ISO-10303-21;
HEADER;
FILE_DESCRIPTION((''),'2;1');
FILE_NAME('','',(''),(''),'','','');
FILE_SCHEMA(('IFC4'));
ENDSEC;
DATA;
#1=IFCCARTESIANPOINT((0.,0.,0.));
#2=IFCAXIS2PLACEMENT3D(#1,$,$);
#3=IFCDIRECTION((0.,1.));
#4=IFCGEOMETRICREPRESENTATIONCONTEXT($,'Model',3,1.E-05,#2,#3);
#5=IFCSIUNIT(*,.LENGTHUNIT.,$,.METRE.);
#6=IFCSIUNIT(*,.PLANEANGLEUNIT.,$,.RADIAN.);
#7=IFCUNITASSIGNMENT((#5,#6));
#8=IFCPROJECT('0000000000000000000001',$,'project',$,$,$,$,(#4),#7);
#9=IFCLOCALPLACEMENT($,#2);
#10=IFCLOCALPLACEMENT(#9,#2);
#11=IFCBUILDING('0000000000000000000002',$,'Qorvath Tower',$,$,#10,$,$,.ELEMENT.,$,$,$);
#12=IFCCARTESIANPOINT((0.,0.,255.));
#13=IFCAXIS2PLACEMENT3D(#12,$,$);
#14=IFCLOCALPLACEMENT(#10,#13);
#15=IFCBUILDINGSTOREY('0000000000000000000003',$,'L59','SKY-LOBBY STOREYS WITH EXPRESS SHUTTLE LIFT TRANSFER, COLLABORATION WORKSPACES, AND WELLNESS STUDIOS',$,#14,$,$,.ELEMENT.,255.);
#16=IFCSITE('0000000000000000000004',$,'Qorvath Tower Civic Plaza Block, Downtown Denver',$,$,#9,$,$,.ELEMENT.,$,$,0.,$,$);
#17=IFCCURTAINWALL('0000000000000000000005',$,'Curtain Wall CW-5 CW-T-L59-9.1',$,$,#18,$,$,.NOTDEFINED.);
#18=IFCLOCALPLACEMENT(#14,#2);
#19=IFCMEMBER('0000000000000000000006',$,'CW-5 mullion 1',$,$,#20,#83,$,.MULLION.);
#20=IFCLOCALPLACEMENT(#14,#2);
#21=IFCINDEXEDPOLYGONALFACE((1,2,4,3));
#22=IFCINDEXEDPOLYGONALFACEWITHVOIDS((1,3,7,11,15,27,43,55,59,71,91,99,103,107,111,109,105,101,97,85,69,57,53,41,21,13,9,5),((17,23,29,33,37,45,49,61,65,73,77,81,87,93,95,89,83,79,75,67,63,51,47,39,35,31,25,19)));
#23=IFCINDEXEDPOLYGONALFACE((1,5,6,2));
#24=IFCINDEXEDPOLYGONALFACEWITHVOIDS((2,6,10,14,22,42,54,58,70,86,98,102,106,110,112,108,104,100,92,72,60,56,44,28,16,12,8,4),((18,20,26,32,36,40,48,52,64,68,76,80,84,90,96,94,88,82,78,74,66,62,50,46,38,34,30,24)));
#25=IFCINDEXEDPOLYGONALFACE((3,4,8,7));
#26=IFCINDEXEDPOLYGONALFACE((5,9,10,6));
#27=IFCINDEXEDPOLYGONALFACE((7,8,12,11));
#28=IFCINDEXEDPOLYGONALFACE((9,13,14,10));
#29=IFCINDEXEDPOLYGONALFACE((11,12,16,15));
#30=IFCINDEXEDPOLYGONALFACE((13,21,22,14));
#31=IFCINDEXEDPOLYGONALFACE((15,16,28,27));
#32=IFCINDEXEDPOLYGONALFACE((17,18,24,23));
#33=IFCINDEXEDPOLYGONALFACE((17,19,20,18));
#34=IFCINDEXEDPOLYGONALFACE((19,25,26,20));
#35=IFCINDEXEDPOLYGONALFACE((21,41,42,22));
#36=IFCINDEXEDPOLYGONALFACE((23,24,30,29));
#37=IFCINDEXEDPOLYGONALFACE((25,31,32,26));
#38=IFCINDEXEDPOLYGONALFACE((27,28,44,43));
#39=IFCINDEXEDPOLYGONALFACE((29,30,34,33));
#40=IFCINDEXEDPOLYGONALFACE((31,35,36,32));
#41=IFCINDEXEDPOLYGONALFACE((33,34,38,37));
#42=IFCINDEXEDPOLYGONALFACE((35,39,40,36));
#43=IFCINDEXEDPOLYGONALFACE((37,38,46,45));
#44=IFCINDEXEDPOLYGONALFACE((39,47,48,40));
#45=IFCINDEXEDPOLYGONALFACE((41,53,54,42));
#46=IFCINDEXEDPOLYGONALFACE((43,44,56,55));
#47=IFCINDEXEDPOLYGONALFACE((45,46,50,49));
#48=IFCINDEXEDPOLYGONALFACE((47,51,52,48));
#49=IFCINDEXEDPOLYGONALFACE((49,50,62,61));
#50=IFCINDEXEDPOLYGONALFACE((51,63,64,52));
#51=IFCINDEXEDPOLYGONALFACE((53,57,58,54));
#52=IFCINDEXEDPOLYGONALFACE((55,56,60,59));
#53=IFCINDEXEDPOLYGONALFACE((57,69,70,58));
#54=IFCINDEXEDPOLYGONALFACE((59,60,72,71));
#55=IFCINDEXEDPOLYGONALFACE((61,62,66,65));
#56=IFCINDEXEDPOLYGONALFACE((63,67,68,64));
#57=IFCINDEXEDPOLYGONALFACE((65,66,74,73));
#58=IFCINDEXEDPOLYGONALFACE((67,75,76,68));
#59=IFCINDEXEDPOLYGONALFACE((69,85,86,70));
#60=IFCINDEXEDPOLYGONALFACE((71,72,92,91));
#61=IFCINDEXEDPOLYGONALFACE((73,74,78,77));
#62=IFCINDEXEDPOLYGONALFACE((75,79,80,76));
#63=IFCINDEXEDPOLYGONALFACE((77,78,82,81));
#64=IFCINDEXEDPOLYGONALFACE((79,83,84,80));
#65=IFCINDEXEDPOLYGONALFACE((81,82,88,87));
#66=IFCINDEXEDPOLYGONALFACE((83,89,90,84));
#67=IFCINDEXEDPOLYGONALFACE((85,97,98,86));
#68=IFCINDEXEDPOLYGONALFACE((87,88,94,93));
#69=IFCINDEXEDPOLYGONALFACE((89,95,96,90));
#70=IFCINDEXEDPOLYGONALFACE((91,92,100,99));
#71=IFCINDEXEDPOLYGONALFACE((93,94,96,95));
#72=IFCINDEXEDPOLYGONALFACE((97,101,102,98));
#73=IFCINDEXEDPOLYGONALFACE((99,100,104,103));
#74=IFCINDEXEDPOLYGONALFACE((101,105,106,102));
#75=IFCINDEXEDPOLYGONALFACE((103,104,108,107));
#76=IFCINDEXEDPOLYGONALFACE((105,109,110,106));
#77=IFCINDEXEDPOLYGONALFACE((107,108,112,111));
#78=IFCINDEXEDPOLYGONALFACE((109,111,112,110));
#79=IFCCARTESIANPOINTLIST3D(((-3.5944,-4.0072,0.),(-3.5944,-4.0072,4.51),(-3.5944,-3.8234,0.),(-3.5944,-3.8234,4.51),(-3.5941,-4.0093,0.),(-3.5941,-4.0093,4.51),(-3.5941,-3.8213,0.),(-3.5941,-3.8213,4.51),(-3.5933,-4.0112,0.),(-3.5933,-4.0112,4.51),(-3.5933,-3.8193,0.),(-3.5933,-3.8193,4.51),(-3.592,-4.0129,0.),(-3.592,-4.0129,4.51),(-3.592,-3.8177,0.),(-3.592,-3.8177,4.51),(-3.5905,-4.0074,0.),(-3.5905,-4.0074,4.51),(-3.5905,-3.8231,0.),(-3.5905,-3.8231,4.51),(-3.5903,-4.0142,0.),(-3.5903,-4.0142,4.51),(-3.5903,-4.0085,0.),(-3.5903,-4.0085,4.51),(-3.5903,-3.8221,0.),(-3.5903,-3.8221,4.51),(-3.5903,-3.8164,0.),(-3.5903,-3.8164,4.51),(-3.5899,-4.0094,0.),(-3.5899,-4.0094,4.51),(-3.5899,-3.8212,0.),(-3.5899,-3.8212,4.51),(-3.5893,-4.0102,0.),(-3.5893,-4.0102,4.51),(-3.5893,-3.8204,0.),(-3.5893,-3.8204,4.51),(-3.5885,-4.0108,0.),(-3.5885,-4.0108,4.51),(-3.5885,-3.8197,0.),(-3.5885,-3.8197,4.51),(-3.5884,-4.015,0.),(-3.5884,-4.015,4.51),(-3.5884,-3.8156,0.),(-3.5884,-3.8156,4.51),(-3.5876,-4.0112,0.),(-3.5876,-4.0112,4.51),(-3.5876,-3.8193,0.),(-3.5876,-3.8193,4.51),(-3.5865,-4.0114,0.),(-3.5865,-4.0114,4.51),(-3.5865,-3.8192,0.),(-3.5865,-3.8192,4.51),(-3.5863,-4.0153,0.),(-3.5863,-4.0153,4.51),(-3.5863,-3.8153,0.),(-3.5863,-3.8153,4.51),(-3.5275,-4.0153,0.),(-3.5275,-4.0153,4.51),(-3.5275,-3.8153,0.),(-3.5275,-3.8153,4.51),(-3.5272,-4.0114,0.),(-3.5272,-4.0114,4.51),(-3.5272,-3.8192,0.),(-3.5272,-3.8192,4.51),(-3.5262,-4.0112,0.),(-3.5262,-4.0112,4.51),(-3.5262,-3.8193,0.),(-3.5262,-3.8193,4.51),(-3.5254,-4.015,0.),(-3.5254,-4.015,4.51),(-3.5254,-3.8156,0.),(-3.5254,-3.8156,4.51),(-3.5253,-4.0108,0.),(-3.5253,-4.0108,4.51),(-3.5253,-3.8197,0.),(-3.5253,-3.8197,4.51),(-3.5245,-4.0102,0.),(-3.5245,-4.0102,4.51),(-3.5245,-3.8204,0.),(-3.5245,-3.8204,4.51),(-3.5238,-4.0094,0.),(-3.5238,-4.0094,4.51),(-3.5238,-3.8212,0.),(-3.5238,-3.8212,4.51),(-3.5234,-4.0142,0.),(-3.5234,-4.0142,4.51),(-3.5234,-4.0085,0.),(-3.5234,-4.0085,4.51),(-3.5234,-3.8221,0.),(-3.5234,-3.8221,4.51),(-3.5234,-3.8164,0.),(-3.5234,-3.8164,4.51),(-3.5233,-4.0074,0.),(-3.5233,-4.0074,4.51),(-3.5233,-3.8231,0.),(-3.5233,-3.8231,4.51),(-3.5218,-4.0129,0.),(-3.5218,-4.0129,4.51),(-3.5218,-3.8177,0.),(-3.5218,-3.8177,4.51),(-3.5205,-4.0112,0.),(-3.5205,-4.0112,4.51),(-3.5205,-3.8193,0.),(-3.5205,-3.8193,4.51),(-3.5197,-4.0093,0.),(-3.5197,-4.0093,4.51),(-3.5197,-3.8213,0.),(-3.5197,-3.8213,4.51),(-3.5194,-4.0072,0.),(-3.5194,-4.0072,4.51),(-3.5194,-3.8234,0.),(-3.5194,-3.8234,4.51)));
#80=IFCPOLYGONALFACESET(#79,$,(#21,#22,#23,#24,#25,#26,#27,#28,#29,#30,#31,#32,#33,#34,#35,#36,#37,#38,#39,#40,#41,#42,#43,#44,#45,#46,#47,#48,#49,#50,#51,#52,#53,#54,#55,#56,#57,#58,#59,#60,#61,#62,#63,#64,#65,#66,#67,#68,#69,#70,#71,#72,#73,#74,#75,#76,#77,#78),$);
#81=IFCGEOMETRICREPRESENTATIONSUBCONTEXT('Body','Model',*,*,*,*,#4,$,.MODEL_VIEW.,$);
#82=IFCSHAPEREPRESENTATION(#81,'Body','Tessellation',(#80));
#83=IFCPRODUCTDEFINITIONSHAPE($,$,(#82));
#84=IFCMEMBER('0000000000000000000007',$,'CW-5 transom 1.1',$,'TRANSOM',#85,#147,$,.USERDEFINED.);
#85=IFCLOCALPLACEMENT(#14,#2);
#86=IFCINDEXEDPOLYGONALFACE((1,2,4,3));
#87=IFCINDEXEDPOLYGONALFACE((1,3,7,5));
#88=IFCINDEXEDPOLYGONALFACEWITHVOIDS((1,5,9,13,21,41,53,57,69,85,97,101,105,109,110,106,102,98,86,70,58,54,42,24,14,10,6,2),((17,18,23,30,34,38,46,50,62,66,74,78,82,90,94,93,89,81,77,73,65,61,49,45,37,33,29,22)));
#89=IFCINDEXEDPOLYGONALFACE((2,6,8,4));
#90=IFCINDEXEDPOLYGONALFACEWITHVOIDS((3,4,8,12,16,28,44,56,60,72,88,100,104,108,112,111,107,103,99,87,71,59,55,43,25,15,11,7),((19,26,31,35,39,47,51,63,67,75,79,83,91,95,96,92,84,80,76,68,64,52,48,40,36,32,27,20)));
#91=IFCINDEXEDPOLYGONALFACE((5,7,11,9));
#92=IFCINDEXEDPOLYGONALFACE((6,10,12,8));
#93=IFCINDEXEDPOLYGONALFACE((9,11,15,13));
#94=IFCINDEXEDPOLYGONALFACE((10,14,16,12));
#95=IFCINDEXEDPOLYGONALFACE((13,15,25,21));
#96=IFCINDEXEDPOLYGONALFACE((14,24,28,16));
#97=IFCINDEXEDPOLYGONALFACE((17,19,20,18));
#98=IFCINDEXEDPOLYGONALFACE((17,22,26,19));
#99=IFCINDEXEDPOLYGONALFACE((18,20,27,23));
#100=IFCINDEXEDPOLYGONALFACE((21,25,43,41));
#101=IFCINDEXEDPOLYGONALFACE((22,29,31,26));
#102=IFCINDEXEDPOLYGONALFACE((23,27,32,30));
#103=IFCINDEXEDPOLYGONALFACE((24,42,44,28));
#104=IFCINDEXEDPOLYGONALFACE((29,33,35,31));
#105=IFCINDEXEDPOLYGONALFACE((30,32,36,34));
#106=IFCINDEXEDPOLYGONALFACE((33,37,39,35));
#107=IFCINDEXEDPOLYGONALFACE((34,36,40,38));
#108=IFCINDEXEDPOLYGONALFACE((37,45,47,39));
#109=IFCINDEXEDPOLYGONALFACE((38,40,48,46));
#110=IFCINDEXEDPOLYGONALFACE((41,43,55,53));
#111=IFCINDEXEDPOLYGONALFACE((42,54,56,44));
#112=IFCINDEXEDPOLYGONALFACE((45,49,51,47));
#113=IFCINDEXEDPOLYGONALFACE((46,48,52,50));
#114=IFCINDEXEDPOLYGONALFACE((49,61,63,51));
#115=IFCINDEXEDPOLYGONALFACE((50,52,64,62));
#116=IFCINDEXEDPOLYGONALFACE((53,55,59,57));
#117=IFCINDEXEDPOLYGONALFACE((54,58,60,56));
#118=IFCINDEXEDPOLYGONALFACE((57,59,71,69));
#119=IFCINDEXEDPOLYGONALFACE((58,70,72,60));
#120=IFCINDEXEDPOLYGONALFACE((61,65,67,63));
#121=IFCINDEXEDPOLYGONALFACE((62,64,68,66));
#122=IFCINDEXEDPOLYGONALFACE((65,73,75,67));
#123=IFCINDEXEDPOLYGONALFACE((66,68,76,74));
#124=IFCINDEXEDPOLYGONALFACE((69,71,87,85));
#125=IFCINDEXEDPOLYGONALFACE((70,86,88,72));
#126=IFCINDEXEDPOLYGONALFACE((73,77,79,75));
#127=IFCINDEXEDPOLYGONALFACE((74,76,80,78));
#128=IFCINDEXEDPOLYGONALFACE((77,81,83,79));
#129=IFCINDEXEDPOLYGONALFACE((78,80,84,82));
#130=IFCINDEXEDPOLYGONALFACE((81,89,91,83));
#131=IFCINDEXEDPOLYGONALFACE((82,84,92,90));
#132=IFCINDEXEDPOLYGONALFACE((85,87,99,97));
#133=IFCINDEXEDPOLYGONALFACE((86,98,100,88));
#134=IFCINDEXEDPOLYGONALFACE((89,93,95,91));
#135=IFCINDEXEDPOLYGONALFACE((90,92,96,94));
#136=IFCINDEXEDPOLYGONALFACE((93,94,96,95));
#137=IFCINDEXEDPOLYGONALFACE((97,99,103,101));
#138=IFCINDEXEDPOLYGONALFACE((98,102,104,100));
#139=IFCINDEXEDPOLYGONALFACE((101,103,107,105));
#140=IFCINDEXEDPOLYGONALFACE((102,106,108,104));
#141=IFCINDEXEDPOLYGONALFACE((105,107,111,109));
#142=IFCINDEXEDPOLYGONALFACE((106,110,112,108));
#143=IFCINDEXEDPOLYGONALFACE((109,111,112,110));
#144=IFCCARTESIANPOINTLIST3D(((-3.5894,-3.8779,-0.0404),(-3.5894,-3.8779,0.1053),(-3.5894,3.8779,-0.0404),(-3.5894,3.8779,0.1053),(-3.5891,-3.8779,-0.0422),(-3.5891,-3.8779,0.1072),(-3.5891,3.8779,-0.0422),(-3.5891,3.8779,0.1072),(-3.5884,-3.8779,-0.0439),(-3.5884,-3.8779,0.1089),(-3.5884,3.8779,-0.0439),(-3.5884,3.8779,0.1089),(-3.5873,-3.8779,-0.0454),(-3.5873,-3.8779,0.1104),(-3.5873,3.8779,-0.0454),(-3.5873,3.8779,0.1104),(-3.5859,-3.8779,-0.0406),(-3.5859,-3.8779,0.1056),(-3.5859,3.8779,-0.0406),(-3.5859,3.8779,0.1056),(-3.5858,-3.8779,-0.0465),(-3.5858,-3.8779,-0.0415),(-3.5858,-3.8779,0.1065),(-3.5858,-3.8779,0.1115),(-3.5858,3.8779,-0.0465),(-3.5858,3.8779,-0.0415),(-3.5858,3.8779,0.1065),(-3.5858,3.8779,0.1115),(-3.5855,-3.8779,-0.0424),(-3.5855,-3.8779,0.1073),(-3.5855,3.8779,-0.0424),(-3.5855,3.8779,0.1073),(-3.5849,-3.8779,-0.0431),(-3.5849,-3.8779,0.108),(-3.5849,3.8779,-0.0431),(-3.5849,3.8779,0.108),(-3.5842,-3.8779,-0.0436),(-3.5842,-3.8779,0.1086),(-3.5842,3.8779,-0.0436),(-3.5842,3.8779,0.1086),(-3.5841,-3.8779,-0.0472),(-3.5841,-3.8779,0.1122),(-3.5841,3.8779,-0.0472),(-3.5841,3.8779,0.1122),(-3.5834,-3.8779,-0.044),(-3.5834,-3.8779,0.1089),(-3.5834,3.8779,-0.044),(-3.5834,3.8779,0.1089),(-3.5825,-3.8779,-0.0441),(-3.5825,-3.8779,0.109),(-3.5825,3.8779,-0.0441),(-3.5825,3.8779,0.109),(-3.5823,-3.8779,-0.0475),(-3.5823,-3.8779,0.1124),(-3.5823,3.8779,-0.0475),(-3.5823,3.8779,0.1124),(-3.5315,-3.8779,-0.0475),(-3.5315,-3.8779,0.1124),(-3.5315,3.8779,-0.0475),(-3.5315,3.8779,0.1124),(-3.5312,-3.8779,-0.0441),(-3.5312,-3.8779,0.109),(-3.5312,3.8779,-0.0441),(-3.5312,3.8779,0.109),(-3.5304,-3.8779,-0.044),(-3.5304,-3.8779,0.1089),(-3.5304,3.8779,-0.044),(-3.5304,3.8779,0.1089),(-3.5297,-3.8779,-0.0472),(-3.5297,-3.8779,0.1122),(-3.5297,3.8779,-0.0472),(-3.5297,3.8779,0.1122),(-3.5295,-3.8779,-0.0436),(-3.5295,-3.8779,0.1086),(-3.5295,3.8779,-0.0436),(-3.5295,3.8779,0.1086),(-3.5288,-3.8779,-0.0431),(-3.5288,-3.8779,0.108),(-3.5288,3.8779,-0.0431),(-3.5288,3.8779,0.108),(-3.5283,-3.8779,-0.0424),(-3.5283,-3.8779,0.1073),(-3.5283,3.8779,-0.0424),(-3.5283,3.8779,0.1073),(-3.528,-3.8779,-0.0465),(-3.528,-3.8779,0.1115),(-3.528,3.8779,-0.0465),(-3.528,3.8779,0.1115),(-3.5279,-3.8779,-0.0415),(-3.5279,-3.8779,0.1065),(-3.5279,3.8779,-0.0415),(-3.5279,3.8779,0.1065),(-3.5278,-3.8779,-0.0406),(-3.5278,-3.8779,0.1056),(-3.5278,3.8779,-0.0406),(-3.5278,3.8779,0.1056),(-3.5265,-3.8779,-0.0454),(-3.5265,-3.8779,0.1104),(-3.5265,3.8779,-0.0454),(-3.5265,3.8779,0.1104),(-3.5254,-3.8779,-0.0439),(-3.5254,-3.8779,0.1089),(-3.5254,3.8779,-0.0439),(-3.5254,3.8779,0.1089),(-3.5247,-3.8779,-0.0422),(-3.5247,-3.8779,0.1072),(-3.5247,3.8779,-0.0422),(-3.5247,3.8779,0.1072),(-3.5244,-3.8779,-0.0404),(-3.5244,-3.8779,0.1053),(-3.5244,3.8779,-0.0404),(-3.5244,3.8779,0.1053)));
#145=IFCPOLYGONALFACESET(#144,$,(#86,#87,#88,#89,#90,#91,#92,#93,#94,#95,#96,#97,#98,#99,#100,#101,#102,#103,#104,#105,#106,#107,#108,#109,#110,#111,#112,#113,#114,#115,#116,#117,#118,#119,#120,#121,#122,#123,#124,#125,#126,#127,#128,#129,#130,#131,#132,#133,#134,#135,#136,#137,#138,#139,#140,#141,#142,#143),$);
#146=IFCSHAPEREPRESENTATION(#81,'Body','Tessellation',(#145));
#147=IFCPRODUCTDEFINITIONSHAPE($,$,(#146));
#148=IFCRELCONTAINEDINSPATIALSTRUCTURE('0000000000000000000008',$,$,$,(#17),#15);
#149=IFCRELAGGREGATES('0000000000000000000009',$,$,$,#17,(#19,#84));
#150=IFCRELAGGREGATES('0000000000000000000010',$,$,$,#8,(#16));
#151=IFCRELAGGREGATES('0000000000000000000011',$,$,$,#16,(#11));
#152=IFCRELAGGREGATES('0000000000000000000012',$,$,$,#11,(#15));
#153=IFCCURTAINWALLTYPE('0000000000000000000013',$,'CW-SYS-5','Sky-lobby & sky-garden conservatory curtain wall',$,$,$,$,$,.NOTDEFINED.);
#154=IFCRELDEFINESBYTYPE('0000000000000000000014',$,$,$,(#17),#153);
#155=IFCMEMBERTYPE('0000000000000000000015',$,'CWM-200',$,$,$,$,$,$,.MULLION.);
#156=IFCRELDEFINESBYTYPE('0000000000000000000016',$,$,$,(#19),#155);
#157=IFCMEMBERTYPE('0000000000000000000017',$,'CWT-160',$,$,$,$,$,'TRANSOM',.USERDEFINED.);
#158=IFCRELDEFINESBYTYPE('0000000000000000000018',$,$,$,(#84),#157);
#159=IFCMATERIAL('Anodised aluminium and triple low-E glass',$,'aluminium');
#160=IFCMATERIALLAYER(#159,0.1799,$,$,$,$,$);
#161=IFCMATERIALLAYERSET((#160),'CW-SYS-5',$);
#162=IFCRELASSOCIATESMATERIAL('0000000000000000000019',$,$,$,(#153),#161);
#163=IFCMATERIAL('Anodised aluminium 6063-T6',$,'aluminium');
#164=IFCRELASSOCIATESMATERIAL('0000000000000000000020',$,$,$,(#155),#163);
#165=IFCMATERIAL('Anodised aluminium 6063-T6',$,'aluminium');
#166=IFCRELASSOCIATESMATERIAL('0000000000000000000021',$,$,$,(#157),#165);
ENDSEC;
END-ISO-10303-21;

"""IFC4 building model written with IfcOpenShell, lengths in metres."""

from ifc_helpers import new_model, si_unit, direction, frame, origin, origin_2d, place, context, subcontext, project, spatial, hollow_rectangle, extrude, material, layer, layer_set, material_profile, profile_set, type_object, element, aggregate, save


model = new_model("IFC4")

# Units and contexts
model_context = context("Model", 3, precision=1e-05, world=origin(), true_north=direction((0.0, 1.0)))
body_context = subcontext(model_context, "Body", "Model", "MODEL_VIEW")
ifc_project = project(units=[si_unit("LENGTHUNIT", "METRE"), si_unit("PLANEANGLEUNIT", "RADIAN")], contexts=[model_context])

# Site, building, storey
site_placement = place(None, origin())
site = spatial("IfcSite", under=ifc_project, at=site_placement, Name="Qorvath Tower Civic Plaza Block, Downtown Denver", CompositionType="ELEMENT", RefElevation=0.0)
building_placement = place(site_placement, origin())
building = spatial("IfcBuilding", under=site, at=building_placement, Name="Qorvath Tower", CompositionType="ELEMENT")
storey_placement = place(building_placement, frame((0.0, 0.0, 255.0)))
storey = spatial("IfcBuildingStorey", under=building, at=storey_placement, Name="L59", Description="SKY-LOBBY STOREYS WITH EXPRESS SHUTTLE LIFT TRANSFER, COLLABORATION WORKSPACES, AND WELLNESS STUDIOS", CompositionType="ELEMENT", Elevation=255.0)

# Shared definitions
ifc_material_1 = material(Name="Anodised aluminium and triple low-E glass", Category="aluminium")
ifc_layer_1 = layer(ifc_material_1, 0.1799)
ifc_layer_set_1 = layer_set([ifc_layer_1], Name="CW-SYS-5")
curtain_wall_type = type_object("IfcCurtainWallType", Name="CW-SYS-5", Description="Sky-lobby & sky-garden conservatory curtain wall", PredefinedType="NOTDEFINED", material=ifc_layer_set_1)
ifc_material_2 = material(Name="Anodised aluminium 6063-T6", Category="aluminium")
ifc_material_profile_1 = material_profile(ifc_material_2, hollow_rectangle(XDim=0.075, YDim=0.2, WallThickness=0.0039, InnerFilletRadius=0.0039, OuterFilletRadius=0.0081, at=origin_2d()), Name="CWM 200x75")
ifc_profile_set_1 = profile_set([ifc_material_profile_1], Name="Anodised aluminium 6063-T6")
member_type_1 = type_object("IfcMemberType", Name="CWM-200", PredefinedType="MULLION", material=ifc_profile_set_1)

# Curtain wall, members
curtain_wall_1_placement = place(storey_placement, origin())
curtain_wall_1 = element("IfcCurtainWall", 1, at=curtain_wall_1_placement, inside=storey, type_object=curtain_wall_type, Name="Curtain Wall CW-5 CW-T-L59-9.1", PredefinedType="NOTDEFINED")
member_1_placement = place(storey_placement, frame((-3.5569, -3.9153, 0.0), z_axis=(0.0, 0.0, 1.0), x_axis=(-1.0, 0.0, 0.0)))
member_1 = element("IfcMember", 2, at=member_1_placement, type_object=member_type_1, Name="CW-5 mullion 1", PredefinedType="MULLION", context=body_context, shape_type="SweptSolid", body=[
    extrude(hollow_rectangle(XDim=0.075, YDim=0.2, WallThickness=0.0039, InnerFilletRadius=0.0039, OuterFilletRadius=0.0081, at=origin_2d()), origin(), (0.0, 0.0, 1.0), 4.51),
])
ifc_material_3 = material(Name="Anodised aluminium 6063-T6", Category="aluminium")
ifc_material_profile_2 = material_profile(ifc_material_3, hollow_rectangle(XDim=0.0649, YDim=0.1599, WallThickness=0.0034, InnerFilletRadius=0.0034, OuterFilletRadius=0.0071, at=origin_2d()), Name="CWT 160x65")
ifc_profile_set_2 = profile_set([ifc_material_profile_2], Name="Anodised aluminium 6063-T6")
member_type_2 = type_object("IfcMemberType", Name="CWT-160", ElementType="TRANSOM", PredefinedType="USERDEFINED", material=ifc_profile_set_2)
member_2_placement = place(storey_placement, frame((-3.5569, -3.8779, 0.0325), z_axis=(0.0, 1.0, 0.0), x_axis=(-1.0, 0.0, 0.0)))
member_2 = element("IfcMember", 3, at=member_2_placement, type_object=member_type_2, Name="CW-5 transom 1.1", ObjectType="TRANSOM", PredefinedType="USERDEFINED", context=body_context, shape_type="SweptSolid", body=[
    extrude(hollow_rectangle(XDim=0.0649, YDim=0.1599, WallThickness=0.0034, InnerFilletRadius=0.0034, OuterFilletRadius=0.0071, at=origin_2d()), origin(), (0.0, 0.0, 1.0), 7.7559),
])

aggregate(curtain_wall_1, [member_1, member_2])

save(model, "model.ifc")
